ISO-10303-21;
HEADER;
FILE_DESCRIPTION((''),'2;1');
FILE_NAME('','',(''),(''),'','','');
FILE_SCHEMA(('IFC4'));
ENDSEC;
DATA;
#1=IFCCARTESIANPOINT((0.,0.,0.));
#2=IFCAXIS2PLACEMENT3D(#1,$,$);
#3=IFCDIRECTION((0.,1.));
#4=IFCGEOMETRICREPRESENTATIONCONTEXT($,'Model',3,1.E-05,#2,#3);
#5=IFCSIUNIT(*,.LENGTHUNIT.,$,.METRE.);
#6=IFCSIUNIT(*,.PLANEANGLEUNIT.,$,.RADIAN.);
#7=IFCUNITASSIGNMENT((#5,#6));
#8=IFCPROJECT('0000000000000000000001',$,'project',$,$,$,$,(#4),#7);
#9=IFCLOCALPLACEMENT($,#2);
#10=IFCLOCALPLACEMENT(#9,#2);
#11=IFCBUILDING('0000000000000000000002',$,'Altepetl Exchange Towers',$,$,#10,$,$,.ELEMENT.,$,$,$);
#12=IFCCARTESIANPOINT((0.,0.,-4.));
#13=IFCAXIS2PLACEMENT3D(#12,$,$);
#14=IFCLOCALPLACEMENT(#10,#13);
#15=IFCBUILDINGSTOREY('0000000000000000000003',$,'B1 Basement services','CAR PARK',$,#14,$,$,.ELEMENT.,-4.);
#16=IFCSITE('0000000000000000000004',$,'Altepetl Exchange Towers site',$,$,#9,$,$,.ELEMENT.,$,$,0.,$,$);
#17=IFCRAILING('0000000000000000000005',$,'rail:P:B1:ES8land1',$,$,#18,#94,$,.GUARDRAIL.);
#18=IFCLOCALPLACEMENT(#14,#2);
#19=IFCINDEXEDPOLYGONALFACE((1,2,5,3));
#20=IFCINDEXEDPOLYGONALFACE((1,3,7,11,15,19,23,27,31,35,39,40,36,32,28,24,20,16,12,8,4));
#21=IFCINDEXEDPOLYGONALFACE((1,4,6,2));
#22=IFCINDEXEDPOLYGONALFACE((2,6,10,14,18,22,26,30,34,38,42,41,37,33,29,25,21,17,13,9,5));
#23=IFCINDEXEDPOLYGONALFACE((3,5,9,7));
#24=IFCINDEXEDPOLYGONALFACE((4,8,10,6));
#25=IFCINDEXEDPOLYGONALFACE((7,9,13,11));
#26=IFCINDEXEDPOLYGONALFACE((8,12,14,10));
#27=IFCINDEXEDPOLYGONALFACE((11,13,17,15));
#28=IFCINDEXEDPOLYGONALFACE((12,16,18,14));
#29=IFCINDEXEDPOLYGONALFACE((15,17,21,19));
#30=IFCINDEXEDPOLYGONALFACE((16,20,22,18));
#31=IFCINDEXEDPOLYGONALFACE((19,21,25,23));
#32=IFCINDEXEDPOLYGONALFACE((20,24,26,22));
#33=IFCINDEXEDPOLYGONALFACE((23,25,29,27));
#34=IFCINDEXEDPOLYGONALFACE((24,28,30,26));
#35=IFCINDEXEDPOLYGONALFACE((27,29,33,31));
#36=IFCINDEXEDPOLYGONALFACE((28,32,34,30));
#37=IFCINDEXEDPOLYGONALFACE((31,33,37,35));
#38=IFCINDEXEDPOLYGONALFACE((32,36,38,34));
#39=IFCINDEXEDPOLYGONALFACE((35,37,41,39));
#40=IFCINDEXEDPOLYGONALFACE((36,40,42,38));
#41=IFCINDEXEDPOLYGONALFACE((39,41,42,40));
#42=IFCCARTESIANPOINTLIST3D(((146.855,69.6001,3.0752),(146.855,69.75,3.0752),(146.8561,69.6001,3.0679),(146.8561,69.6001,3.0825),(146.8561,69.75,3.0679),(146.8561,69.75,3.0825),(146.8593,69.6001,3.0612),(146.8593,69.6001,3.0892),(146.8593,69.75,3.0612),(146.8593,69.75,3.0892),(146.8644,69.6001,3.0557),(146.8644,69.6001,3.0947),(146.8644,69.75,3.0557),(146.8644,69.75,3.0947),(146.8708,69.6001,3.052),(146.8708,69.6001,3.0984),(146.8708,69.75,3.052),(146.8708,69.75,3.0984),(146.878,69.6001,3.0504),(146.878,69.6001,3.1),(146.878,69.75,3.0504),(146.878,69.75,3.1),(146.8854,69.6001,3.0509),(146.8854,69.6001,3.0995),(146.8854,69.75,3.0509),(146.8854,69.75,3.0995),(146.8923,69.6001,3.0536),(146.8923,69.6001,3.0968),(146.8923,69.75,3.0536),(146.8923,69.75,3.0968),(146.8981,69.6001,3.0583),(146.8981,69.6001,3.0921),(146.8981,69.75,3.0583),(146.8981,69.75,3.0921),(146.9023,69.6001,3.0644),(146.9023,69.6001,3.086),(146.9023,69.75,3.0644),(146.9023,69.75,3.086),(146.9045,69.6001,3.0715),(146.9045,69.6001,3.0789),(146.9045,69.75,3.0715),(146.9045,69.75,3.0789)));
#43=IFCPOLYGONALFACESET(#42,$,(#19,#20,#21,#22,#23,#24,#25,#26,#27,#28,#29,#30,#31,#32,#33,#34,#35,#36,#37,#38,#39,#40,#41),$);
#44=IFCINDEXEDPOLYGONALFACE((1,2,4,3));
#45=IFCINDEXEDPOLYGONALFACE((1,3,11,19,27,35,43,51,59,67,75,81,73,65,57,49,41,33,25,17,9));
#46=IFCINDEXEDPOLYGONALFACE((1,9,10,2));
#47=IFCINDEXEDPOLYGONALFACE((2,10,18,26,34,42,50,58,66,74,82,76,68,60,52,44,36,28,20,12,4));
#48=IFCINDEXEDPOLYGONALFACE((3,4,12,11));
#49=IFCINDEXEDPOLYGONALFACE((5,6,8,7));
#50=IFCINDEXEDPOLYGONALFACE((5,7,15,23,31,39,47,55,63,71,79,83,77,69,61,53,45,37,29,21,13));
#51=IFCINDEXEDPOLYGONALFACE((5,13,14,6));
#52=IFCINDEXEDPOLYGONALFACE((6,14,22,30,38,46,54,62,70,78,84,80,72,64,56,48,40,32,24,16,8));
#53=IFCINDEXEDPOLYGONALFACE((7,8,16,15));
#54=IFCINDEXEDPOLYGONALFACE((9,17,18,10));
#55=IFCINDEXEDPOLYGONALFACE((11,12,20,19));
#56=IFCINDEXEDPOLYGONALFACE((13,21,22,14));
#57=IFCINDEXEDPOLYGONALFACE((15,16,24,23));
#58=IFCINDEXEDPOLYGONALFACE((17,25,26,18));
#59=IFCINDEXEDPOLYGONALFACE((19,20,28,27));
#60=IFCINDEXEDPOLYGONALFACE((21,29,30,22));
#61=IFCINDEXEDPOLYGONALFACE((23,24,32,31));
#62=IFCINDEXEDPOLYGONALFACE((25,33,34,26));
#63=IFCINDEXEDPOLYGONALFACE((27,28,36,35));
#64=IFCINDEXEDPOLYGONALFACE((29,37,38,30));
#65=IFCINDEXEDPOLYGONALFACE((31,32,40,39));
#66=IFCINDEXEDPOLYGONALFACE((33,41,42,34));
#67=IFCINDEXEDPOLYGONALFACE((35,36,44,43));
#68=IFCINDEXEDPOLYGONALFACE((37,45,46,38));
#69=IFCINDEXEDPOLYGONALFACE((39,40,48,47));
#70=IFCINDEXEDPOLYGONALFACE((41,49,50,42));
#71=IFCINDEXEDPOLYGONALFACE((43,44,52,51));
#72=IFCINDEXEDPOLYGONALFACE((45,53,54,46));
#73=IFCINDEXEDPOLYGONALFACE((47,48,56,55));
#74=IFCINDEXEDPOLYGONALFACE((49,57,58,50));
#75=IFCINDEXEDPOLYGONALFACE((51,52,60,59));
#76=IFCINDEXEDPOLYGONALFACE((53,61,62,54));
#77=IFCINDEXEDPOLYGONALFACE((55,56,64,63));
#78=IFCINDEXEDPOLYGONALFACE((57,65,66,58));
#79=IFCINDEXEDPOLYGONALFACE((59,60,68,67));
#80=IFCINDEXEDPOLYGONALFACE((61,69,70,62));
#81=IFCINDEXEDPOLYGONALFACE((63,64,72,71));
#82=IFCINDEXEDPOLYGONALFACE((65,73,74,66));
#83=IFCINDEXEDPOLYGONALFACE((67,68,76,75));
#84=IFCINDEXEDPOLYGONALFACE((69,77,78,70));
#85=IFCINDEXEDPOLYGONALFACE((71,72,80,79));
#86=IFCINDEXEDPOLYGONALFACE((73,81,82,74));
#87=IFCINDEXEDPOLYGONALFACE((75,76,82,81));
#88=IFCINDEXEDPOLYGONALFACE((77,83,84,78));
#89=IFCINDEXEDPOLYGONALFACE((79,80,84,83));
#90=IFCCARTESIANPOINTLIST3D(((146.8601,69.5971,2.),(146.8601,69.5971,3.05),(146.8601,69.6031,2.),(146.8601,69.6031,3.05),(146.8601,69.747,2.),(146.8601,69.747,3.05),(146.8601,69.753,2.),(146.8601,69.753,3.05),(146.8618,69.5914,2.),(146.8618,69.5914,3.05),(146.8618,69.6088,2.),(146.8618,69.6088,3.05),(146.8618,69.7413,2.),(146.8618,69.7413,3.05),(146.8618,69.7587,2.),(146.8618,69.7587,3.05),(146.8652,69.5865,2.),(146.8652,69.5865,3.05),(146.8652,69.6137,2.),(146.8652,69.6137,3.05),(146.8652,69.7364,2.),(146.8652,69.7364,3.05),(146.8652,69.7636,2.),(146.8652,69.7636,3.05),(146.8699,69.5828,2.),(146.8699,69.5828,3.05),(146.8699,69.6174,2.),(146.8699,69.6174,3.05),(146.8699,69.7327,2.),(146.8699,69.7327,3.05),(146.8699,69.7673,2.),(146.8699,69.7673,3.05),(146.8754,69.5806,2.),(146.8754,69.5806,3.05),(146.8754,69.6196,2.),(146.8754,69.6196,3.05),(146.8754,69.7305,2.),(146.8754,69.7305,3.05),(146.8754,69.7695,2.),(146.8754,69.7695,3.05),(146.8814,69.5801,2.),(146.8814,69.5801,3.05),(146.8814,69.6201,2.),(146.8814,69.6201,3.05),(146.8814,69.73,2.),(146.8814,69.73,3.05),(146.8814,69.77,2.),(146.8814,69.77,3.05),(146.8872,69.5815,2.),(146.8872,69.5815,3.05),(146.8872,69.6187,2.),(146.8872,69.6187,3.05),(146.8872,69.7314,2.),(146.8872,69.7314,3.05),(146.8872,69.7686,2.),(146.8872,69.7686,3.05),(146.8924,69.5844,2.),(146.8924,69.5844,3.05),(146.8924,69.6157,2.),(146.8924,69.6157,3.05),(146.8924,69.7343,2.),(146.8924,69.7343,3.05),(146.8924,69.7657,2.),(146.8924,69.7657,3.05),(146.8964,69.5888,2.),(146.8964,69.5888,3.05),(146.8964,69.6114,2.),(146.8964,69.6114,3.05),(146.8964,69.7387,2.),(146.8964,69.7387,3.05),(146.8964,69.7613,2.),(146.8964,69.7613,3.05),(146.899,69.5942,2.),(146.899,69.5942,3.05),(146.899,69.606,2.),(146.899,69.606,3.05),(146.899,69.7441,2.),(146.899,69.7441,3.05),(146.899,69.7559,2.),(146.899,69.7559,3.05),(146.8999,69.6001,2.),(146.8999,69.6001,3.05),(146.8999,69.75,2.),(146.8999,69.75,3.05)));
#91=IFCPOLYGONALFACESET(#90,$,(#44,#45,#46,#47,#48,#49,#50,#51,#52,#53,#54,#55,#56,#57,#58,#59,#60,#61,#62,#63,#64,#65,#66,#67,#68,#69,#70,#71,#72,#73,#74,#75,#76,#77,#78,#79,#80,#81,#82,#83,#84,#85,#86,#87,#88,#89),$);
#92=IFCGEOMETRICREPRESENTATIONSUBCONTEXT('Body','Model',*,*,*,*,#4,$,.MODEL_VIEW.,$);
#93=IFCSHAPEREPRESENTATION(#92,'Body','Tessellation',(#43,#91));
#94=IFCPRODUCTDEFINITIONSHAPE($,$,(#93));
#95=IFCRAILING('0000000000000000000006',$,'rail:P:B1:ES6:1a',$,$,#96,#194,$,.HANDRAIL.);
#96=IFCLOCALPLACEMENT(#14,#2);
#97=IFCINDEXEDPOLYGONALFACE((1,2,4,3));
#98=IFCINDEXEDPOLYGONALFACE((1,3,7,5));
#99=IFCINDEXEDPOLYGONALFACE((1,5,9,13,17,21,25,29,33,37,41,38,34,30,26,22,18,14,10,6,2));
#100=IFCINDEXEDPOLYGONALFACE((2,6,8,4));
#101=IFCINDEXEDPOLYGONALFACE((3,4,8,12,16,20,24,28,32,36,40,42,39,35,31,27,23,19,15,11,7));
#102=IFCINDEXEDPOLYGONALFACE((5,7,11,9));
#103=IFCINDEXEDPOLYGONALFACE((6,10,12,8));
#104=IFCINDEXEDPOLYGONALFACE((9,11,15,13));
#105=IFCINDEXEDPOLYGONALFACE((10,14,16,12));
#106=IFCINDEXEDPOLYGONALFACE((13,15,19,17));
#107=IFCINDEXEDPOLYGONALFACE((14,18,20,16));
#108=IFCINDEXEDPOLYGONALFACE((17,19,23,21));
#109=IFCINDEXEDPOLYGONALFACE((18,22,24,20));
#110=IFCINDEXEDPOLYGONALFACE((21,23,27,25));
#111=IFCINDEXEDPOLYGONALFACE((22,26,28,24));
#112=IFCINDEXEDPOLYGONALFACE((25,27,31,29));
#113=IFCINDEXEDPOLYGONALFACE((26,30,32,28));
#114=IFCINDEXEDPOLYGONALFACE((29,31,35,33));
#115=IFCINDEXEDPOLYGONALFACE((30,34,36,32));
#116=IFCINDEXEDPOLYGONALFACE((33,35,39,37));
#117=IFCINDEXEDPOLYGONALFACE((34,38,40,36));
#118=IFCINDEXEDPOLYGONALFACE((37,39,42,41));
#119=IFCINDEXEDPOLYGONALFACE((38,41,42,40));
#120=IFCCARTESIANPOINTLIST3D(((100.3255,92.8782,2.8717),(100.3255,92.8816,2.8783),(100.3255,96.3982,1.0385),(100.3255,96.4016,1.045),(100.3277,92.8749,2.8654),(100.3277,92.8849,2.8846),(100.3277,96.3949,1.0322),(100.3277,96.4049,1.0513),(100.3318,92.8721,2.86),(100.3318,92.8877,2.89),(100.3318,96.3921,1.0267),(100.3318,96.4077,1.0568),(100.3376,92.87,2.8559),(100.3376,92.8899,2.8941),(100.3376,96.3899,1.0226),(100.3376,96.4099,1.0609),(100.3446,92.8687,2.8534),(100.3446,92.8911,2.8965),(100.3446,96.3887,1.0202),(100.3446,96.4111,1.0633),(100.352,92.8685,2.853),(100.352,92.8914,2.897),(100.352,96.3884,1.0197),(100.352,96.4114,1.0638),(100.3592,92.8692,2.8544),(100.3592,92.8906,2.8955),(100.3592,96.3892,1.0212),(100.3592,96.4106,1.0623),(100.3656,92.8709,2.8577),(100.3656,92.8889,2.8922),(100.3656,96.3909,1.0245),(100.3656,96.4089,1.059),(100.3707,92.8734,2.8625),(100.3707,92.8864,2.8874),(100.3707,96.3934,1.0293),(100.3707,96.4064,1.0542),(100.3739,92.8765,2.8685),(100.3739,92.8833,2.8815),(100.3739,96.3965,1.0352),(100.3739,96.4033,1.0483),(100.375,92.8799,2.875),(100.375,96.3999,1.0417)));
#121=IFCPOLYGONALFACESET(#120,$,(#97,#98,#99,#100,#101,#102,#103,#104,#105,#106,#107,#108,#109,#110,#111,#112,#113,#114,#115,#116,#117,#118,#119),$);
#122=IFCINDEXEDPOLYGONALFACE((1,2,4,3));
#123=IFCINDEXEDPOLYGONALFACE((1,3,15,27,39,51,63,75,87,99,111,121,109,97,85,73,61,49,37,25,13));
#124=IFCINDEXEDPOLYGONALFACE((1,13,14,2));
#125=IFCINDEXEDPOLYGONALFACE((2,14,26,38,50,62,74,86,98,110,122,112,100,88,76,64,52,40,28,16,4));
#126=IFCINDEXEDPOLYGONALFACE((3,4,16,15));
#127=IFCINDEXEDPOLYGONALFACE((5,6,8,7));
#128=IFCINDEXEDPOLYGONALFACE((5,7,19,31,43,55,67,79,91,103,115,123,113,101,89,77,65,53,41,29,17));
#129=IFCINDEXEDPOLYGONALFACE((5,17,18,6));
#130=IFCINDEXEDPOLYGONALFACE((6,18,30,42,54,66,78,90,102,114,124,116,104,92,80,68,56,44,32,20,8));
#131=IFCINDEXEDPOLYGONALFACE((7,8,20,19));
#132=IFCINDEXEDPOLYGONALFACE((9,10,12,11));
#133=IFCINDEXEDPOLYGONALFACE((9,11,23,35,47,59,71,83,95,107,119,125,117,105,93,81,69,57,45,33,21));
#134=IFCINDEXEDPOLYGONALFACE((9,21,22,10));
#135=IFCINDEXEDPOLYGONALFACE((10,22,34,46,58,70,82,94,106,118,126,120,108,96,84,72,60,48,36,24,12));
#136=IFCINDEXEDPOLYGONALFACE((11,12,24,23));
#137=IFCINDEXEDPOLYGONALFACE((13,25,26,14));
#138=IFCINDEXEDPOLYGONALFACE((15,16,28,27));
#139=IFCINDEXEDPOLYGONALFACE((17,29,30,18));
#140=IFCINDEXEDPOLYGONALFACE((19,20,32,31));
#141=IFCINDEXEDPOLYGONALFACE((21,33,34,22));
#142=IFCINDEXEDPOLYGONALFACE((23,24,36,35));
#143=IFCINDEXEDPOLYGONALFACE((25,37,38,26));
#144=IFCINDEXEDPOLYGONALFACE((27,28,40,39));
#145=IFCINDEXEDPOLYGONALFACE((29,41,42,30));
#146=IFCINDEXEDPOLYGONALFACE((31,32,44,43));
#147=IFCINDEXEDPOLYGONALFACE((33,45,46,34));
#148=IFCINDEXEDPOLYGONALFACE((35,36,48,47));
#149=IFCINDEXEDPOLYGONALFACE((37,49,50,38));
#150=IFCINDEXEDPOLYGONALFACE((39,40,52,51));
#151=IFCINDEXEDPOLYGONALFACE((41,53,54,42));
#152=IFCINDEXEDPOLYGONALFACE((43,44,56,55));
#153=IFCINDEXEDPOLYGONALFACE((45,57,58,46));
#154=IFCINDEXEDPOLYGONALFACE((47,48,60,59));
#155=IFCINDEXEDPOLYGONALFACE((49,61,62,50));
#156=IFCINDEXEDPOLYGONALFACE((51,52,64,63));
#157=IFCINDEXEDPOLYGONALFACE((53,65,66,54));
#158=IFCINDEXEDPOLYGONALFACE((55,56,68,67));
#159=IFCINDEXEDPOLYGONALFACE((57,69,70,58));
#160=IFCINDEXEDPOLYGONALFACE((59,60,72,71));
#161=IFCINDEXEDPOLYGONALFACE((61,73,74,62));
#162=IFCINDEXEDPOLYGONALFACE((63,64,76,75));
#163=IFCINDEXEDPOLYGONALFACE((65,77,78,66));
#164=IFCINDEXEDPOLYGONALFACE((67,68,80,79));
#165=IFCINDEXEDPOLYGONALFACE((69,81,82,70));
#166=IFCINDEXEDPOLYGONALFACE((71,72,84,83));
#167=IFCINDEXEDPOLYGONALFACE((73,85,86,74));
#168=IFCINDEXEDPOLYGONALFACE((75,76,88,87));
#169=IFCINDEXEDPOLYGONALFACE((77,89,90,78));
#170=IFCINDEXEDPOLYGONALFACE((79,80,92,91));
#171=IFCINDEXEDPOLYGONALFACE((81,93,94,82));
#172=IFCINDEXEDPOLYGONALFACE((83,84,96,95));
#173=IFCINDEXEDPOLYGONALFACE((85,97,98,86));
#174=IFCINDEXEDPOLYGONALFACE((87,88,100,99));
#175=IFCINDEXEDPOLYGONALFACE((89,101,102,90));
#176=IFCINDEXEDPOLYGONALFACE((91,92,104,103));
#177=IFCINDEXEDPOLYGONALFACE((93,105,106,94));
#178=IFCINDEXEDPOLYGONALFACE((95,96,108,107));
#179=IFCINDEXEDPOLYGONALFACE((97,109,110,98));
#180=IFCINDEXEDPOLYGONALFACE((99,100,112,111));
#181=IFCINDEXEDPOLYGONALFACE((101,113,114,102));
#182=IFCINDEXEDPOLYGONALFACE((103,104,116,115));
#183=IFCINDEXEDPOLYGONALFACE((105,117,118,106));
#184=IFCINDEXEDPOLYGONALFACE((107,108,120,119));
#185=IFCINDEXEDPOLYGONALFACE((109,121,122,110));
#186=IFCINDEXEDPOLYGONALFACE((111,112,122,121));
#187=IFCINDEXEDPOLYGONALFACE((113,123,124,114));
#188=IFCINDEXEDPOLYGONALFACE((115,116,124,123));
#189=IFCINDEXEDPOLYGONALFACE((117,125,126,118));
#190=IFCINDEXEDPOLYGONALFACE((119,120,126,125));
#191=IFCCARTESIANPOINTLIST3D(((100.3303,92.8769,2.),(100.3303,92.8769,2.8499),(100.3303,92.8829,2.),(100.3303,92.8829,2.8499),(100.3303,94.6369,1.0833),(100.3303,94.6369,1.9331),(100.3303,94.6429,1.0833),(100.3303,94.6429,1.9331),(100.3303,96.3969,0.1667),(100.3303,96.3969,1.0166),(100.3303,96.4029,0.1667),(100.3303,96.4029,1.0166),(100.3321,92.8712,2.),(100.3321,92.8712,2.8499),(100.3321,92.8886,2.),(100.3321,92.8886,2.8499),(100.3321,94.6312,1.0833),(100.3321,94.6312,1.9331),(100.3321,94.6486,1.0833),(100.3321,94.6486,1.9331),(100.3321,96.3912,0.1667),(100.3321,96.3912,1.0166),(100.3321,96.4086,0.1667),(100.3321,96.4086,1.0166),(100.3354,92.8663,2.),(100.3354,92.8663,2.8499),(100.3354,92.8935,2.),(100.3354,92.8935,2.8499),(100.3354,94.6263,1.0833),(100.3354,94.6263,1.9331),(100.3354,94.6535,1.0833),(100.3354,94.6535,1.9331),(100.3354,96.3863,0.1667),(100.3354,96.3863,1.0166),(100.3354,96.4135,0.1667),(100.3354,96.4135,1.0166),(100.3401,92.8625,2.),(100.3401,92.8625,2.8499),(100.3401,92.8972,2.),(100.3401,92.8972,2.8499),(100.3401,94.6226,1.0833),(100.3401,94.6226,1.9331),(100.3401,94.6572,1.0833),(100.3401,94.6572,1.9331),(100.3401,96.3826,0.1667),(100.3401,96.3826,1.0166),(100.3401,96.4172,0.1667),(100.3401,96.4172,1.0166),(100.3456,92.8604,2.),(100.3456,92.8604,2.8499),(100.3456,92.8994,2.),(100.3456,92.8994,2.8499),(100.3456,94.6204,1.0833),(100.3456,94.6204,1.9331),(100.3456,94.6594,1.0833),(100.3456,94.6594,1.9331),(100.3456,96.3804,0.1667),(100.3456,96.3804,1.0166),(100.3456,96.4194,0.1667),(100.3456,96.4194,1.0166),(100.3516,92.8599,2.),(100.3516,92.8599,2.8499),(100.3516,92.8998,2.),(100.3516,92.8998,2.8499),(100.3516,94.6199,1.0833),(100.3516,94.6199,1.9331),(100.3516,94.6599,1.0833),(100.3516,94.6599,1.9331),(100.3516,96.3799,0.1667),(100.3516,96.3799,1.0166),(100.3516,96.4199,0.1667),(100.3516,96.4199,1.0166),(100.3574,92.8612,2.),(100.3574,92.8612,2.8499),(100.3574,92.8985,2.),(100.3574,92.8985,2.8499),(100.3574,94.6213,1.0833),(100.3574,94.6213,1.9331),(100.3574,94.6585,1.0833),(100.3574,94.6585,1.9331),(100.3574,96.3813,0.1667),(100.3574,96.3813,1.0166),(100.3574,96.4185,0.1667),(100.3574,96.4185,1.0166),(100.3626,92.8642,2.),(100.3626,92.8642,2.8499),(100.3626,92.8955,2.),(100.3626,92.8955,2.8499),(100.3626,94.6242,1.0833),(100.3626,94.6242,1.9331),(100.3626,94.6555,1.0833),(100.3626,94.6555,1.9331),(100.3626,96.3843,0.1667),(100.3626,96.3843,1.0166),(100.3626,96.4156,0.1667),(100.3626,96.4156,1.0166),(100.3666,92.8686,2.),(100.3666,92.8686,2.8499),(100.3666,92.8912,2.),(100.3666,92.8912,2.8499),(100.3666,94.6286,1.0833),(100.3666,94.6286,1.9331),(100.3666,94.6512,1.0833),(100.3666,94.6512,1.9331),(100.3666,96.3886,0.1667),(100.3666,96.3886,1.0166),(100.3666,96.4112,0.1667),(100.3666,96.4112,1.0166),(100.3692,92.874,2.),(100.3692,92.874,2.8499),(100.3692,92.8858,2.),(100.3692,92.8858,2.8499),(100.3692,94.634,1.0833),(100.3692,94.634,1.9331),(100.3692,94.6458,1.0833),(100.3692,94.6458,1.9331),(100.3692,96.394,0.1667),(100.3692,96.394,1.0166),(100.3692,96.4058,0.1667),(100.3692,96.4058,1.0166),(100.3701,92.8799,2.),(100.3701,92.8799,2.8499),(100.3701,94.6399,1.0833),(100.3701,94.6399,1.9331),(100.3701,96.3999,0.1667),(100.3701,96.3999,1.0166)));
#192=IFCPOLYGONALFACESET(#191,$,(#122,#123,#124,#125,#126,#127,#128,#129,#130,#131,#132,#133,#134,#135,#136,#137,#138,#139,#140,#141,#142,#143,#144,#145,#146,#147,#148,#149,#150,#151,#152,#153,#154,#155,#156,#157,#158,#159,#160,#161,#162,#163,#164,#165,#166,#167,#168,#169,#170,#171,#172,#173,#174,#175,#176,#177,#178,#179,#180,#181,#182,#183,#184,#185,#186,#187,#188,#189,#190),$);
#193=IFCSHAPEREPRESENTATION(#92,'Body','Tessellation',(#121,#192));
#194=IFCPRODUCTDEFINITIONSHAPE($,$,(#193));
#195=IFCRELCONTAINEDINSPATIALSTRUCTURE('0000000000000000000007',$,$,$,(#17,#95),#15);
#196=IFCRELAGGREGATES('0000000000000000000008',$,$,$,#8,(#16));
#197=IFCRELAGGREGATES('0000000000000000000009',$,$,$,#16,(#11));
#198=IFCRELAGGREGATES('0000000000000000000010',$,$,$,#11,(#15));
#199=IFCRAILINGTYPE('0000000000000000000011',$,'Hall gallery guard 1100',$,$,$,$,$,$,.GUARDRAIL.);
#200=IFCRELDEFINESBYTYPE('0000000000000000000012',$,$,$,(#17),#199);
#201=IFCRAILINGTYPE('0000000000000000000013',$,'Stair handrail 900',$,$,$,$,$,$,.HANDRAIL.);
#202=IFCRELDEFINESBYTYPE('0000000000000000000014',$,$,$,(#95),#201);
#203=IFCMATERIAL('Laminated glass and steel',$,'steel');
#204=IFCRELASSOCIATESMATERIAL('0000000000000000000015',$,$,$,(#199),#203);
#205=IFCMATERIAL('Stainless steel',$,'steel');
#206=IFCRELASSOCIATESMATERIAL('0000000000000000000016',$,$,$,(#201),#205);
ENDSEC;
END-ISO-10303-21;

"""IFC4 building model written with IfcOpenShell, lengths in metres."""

from ifc_helpers import new_model, si_unit, direction, frame, origin, origin_2d, place, context, subcontext, project, spatial, circle, extrude, source, transform, mapped, material, type_object, element, save


model = new_model("IFC4")

# Units and contexts
model_context = context("Model", 3, precision=1e-05, world=origin(), true_north=direction((0.0, 1.0)))
body_context = subcontext(model_context, "Body", "Model", "MODEL_VIEW")
ifc_project = project(units=[si_unit("LENGTHUNIT", "METRE"), si_unit("PLANEANGLEUNIT", "RADIAN")], contexts=[model_context])

# Site, building, storey
site_placement = place(None, origin())
site = spatial("IfcSite", under=ifc_project, at=site_placement, Name="Altepetl Exchange Towers site", CompositionType="ELEMENT", RefElevation=0.0)
building_placement = place(site_placement, origin())
building = spatial("IfcBuilding", under=site, at=building_placement, Name="Altepetl Exchange Towers", CompositionType="ELEMENT")
storey_placement = place(building_placement, frame((0.0, 0.0, -4.0)))
storey = spatial("IfcBuildingStorey", under=building, at=storey_placement, Name="B1 Basement services", Description="CAR PARK", CompositionType="ELEMENT", Elevation=-4.0)

# Railings
ifc_material_1 = material(Name="Laminated glass and steel", Category="steel")
railing_type_1 = type_object("IfcRailingType", Name="Hall gallery guard 1100", PredefinedType="GUARDRAIL", material=ifc_material_1)
shared_shape_1 = source(origin(), body_context, "Body", "SweptSolid", [
    extrude(circle(Radius=0.02, at=origin_2d()), origin(), (0.0, 0.0, 1.0), 1.05),
])
for number, where, name in (
    (1, (146.8799, 69.6001, 2.0), "rail:P:B1:ES8land1"),
):
    element("IfcRailing", number, at=place(storey_placement, frame(where)), inside=storey, type_object=railing_type_1, Name=name, PredefinedType="GUARDRAIL", context=body_context, shape_type="SweptSolid", body=[
        extrude(circle(Radius=0.0249, at=origin_2d()), frame((0.0, 0.0, 1.0752), z_axis=(0.0, 1.0, 0.0), x_axis=(-1.0, 0.0, 0.0)), (0.0, 0.0, 1.0), 0.1499),
        mapped(shared_shape_1, transform((0.0, 0.0, 0.0))),
        mapped(shared_shape_1, transform((0.0, 0.1499, 0.0))),
    ])
ifc_material_2 = material(Name="Stainless steel", Category="steel")
railing_type_2 = type_object("IfcRailingType", Name="Stair handrail 900", PredefinedType="HANDRAIL", material=ifc_material_2)
shared_shape_2 = source(origin(), body_context, "Body", "SweptSolid", [
    extrude(circle(Radius=0.02, at=origin_2d()), origin(), (0.0, 0.0, 1.0), 0.8499),
])
railing_1_placement = place(storey_placement, frame((100.3501, 96.3999, 0.1667)))
element("IfcRailing", 2, at=railing_1_placement, inside=storey, type_object=railing_type_2, Name="rail:P:B1:ES6:1a", PredefinedType="HANDRAIL", context=body_context, shape_type="SweptSolid", body=[
    extrude(circle(Radius=0.0249, at=origin_2d()), frame((0.0, 0.0, 0.875), z_axis=(0.0, -0.886924, 0.461916), x_axis=(1.0, 0.0, 0.0)), (0.0, 0.0, 1.0), 3.9688),
    mapped(shared_shape_2, transform((0.0, 0.0, 0.0))),
    mapped(shared_shape_2, transform((0.0, -1.76, 0.9165))),
    mapped(shared_shape_2, transform((0.0, -3.52, 1.8333))),
])

save(model, "model.ifc")
